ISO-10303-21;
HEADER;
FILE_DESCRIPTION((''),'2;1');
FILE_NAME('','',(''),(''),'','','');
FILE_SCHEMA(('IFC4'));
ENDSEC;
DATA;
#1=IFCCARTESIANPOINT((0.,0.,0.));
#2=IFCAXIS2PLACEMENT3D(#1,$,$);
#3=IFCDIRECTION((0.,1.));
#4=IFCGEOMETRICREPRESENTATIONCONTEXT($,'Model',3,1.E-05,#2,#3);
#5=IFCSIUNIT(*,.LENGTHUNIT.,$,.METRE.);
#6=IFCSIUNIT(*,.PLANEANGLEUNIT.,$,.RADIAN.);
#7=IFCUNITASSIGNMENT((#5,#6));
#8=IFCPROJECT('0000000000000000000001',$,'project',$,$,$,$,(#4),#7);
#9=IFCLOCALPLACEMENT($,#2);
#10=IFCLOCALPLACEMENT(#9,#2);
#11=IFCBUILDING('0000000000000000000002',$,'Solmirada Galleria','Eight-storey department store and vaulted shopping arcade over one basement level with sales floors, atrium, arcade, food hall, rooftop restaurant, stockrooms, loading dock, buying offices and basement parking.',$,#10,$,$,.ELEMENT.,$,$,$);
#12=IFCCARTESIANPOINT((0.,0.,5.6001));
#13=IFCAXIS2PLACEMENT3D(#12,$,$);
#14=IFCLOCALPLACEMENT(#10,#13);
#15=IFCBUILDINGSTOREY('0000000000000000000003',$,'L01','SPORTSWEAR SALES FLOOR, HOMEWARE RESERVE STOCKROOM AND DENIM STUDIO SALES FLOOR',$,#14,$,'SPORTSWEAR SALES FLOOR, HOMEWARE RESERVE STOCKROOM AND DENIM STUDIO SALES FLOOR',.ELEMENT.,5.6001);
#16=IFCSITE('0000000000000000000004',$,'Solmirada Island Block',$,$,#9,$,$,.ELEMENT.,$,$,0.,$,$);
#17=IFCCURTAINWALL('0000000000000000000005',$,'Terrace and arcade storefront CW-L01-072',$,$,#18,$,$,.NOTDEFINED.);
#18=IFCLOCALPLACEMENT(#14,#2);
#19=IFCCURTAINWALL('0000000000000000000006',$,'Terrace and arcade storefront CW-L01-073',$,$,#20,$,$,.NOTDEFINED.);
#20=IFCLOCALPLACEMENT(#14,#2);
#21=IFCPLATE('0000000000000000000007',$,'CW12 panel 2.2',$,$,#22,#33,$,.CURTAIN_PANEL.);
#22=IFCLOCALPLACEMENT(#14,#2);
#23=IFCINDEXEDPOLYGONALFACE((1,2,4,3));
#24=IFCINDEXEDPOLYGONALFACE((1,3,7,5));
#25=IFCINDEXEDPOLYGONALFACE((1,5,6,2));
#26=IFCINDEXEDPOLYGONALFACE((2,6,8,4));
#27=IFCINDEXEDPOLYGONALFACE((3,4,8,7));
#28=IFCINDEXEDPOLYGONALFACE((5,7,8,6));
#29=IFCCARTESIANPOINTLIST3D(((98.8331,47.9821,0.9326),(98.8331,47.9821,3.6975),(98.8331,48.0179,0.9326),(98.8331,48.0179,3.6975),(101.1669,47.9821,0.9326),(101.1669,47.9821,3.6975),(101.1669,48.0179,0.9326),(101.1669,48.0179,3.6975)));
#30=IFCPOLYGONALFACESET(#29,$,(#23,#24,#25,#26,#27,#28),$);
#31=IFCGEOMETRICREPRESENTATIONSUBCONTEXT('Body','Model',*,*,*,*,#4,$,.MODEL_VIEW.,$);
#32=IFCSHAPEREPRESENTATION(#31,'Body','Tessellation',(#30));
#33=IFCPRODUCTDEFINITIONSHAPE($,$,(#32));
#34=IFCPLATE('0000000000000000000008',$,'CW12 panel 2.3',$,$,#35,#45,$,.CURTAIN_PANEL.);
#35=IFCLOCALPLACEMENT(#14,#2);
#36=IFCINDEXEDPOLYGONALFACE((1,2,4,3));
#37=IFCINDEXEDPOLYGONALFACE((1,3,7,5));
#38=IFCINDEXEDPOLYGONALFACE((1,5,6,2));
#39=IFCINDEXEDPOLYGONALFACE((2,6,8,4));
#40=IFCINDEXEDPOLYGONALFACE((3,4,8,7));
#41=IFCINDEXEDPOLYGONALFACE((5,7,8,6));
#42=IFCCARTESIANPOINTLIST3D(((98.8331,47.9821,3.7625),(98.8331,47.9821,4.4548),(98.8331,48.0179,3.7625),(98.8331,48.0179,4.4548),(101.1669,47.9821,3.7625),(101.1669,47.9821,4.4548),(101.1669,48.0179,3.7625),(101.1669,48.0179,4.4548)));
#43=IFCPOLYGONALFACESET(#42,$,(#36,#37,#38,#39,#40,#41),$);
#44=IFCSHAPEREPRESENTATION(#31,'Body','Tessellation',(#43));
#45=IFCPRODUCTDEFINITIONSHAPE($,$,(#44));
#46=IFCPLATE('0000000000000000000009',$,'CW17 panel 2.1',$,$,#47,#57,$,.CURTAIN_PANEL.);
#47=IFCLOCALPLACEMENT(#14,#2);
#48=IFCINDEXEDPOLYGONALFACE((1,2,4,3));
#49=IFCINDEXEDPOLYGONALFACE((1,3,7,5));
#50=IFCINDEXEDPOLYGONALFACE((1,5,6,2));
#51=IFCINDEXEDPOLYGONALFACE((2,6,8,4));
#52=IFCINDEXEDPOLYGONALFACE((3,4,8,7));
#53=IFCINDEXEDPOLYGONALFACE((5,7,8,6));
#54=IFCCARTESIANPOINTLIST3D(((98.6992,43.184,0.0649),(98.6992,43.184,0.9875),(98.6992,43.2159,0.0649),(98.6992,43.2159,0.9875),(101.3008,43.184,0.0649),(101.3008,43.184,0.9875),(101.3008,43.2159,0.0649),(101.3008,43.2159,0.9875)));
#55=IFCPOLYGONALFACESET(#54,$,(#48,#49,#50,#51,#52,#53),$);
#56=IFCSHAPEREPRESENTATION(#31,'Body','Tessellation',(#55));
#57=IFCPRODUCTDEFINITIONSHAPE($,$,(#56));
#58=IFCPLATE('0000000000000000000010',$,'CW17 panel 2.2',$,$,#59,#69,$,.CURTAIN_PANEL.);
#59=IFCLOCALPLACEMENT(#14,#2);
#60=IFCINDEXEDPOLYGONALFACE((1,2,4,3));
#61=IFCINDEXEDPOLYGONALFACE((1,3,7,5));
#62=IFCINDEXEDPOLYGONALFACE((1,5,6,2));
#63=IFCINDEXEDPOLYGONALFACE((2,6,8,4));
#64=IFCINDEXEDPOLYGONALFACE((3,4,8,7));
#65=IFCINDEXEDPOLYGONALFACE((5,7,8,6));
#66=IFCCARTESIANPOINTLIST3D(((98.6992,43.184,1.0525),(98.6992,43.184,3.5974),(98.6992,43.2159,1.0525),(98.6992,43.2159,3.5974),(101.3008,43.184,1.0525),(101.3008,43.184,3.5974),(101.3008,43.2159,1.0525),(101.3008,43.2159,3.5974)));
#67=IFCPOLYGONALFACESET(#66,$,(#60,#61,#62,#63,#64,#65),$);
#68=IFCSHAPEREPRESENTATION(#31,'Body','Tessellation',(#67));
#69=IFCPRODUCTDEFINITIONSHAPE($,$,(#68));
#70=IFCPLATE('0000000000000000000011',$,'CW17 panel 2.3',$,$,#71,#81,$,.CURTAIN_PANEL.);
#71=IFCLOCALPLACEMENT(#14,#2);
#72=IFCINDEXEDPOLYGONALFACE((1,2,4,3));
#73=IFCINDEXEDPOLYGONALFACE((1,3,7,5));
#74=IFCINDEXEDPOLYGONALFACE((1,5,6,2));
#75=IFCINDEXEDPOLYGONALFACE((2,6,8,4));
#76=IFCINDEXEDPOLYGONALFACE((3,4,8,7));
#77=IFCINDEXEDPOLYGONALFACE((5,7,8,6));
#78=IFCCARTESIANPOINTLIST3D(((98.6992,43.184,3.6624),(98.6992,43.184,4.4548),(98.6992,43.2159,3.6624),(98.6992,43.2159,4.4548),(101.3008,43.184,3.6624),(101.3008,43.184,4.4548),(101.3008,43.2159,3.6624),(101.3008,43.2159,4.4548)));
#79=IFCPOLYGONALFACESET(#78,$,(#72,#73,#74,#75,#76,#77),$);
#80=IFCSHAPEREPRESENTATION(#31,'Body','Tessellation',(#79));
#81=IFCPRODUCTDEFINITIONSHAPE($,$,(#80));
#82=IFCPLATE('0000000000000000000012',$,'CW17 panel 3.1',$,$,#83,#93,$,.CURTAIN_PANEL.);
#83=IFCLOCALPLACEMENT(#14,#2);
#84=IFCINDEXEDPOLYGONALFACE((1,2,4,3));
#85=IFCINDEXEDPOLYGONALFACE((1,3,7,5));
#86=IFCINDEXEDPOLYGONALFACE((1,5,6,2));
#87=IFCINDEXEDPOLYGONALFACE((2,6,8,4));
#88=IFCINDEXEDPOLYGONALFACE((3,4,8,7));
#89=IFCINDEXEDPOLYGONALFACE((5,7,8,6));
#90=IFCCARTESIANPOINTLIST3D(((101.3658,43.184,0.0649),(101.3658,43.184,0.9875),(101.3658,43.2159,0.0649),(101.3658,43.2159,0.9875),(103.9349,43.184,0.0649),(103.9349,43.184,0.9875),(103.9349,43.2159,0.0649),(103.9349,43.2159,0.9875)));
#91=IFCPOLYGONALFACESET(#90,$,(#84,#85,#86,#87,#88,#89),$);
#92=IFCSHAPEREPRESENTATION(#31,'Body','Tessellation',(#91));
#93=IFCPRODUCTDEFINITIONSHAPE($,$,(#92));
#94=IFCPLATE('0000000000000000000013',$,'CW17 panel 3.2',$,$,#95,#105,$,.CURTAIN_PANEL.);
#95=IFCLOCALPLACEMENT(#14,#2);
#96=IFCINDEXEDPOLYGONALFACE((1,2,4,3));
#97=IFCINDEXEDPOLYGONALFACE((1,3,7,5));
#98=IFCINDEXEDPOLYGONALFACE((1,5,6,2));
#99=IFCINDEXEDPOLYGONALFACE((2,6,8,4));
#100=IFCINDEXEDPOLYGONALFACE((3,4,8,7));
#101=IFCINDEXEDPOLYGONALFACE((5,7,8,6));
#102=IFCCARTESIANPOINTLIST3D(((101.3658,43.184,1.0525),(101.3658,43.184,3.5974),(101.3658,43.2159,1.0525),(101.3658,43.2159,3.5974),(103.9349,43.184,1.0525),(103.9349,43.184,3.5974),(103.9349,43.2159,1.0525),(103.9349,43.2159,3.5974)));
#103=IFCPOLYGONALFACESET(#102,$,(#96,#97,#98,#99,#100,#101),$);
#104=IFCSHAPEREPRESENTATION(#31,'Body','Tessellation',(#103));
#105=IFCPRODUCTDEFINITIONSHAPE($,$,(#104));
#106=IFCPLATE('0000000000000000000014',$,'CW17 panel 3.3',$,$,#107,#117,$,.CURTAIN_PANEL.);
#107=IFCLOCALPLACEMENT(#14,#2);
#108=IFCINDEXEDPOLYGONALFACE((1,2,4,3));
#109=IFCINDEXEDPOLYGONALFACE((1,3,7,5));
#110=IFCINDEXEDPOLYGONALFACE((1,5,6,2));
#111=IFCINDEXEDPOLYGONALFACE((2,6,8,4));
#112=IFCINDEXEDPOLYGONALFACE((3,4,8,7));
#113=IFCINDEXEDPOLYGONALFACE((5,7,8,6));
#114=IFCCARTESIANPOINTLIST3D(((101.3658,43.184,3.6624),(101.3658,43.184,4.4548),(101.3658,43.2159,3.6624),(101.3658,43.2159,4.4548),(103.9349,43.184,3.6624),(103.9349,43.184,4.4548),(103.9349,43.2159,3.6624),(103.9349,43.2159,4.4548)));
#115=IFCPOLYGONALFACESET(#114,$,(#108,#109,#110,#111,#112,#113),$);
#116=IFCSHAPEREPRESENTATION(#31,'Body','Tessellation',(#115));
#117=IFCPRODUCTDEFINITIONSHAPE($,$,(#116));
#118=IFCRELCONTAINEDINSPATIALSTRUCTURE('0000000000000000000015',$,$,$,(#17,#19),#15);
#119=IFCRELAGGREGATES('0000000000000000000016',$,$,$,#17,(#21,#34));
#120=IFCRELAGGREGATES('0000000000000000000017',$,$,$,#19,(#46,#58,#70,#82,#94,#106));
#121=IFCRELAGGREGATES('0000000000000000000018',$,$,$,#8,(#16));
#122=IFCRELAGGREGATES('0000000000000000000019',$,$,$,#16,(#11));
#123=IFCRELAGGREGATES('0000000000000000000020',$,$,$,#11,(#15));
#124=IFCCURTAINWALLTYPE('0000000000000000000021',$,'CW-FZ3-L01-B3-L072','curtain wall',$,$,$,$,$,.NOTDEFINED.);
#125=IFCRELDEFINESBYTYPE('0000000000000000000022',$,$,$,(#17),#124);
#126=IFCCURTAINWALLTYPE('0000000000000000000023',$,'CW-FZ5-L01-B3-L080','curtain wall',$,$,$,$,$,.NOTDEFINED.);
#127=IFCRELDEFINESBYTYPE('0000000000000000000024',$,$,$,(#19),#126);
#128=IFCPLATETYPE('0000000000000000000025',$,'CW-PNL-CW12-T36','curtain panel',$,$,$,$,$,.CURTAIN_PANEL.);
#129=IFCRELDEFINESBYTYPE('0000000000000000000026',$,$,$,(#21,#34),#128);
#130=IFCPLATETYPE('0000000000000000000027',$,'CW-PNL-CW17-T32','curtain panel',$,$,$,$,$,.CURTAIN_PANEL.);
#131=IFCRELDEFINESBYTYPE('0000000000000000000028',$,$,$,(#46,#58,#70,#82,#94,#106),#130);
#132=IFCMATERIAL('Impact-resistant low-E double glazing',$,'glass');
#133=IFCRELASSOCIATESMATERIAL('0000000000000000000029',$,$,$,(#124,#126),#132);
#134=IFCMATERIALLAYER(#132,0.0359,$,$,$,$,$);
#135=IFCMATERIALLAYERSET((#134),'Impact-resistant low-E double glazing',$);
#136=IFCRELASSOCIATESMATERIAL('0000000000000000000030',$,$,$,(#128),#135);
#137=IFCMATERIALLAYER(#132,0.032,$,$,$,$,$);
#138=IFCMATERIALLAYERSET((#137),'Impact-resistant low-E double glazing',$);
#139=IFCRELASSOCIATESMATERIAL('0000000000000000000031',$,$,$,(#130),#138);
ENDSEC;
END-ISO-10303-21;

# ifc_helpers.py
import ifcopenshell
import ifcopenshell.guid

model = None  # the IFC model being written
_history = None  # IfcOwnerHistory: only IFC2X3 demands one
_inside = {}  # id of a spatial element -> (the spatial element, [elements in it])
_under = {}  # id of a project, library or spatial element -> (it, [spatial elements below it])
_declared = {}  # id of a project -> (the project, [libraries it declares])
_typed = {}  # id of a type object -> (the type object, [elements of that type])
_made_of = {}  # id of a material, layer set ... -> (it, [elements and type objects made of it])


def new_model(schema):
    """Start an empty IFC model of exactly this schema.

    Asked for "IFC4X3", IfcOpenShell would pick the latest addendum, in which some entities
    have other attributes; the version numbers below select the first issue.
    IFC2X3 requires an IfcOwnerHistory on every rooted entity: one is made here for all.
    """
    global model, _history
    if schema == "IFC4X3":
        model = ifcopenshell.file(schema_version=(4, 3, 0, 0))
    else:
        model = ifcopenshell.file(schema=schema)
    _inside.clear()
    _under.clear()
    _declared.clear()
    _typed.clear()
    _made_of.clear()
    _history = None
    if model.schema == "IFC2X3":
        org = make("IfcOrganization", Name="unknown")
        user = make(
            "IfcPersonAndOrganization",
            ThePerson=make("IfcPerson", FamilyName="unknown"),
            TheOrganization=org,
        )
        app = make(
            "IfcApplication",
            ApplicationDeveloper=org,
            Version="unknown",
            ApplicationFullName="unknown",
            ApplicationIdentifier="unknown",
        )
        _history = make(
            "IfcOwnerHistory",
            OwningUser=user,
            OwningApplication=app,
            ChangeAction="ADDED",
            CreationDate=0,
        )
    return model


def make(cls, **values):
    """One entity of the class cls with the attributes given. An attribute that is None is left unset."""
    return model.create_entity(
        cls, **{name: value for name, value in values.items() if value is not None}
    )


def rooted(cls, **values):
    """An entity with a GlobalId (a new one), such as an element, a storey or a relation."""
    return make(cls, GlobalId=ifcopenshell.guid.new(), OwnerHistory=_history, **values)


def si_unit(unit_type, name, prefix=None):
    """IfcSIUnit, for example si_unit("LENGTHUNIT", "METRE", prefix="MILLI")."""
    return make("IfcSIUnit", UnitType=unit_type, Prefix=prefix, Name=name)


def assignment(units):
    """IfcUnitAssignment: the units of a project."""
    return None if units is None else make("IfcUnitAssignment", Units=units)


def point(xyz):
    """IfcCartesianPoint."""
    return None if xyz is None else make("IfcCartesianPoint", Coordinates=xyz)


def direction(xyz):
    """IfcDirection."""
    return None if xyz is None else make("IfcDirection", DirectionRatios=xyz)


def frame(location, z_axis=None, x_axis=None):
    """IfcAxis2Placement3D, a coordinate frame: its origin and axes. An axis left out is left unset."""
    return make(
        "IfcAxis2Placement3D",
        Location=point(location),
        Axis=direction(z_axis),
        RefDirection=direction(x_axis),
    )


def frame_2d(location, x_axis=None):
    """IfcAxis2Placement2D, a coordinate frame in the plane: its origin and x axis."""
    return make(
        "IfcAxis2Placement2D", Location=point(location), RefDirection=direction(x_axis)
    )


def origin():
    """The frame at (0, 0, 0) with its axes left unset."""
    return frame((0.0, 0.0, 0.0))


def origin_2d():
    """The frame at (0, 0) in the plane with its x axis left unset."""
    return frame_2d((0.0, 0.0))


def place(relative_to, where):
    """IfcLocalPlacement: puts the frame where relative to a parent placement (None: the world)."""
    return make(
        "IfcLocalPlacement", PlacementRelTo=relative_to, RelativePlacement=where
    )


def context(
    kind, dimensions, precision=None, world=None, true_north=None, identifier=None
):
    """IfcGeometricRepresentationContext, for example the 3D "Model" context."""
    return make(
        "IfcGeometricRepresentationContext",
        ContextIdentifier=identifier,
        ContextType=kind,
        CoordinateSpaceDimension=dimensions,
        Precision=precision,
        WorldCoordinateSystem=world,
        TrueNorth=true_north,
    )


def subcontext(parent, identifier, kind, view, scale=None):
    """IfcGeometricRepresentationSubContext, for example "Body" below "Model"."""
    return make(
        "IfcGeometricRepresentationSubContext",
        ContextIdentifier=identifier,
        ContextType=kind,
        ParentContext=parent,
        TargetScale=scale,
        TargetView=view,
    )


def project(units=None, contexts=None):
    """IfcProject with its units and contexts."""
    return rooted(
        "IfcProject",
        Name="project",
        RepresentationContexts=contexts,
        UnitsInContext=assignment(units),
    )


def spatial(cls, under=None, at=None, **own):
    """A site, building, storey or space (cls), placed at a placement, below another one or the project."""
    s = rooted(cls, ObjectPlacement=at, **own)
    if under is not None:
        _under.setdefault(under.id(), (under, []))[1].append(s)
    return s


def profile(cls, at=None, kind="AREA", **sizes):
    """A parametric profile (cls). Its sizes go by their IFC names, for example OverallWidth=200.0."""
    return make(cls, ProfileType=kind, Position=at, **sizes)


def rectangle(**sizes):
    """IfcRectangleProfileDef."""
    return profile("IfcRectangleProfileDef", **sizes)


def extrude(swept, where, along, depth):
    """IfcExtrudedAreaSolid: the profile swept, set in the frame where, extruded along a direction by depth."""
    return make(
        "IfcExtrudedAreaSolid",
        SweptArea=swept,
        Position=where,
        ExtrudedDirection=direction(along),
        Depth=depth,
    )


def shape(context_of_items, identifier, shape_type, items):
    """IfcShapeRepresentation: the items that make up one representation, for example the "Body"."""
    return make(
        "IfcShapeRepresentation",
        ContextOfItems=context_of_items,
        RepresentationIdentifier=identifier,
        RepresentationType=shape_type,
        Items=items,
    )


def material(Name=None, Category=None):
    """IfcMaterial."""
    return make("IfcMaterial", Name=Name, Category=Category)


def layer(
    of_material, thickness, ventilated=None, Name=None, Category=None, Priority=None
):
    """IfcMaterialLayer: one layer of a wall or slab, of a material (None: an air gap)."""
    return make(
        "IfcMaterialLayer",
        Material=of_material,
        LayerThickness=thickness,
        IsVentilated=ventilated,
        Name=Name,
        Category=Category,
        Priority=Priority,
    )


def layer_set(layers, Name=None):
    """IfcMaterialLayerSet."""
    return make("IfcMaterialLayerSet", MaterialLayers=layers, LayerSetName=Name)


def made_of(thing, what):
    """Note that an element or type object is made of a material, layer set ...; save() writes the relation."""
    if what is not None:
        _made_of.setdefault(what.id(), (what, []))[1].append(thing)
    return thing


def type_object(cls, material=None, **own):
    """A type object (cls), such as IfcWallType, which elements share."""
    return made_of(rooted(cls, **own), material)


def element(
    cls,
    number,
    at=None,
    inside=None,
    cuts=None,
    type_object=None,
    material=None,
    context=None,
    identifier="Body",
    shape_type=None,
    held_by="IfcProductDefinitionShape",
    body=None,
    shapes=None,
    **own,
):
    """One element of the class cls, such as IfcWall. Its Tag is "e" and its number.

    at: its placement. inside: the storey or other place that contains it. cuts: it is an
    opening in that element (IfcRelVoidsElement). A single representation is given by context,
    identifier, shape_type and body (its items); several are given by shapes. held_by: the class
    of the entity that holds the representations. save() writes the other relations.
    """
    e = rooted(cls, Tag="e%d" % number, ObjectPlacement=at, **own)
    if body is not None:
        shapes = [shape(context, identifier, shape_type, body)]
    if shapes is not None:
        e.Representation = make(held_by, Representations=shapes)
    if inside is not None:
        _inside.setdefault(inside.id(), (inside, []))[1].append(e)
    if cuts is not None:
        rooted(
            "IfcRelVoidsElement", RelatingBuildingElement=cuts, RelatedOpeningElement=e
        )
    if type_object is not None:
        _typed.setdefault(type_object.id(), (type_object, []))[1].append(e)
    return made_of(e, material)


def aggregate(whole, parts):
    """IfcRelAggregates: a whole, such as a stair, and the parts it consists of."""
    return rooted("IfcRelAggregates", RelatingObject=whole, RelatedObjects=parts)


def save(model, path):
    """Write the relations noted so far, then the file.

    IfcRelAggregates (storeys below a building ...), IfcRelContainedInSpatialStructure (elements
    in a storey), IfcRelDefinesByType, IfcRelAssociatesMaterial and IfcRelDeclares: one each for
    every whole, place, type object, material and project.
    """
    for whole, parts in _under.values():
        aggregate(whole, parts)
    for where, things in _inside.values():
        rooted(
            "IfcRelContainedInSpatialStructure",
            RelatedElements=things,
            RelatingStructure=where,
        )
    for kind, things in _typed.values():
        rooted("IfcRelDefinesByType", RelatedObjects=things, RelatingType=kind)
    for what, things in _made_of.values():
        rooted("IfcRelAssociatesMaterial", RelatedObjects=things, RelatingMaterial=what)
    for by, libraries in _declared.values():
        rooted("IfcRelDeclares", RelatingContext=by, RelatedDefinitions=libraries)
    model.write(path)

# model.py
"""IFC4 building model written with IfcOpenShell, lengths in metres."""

from ifc_helpers import new_model, si_unit, direction, frame, origin, origin_2d, place, context, subcontext, project, spatial, rectangle, extrude, material, layer, layer_set, type_object, element, aggregate, save


model = new_model("IFC4")

# Units and contexts
model_context = context("Model", 3, precision=1e-05, world=origin(), true_north=direction((0.0, 1.0)))
body_context = subcontext(model_context, "Body", "Model", "MODEL_VIEW")
ifc_project = project(units=[si_unit("LENGTHUNIT", "METRE"), si_unit("PLANEANGLEUNIT", "RADIAN")], contexts=[model_context])

# Site, building, storey
site_placement = place(None, origin())
site = spatial("IfcSite", under=ifc_project, at=site_placement, Name="Solmirada Island Block", CompositionType="ELEMENT", RefElevation=0.0)
building_placement = place(site_placement, origin())
building = spatial("IfcBuilding", under=site, at=building_placement, Name="Solmirada Galleria", Description="Eight-storey department store and vaulted shopping arcade over one basement level with sales floors, atrium, arcade, food hall, rooftop restaurant, stockrooms, loading dock, buying offices and basement parking.", CompositionType="ELEMENT")
storey_placement = place(building_placement, frame((0.0, 0.0, 5.6001)))
storey = spatial("IfcBuildingStorey", under=building, at=storey_placement, Name="L01", Description="SPORTSWEAR SALES FLOOR, HOMEWARE RESERVE STOCKROOM AND DENIM STUDIO SALES FLOOR", LongName="SPORTSWEAR SALES FLOOR, HOMEWARE RESERVE STOCKROOM AND DENIM STUDIO SALES FLOOR", CompositionType="ELEMENT", Elevation=5.6001)

# Curtain walls
ifc_material_1 = material(Name="Impact-resistant low-E double glazing", Category="glass")
curtain_wall_type_1 = type_object("IfcCurtainWallType", Name="CW-FZ3-L01-B3-L072", Description="curtain wall", PredefinedType="NOTDEFINED", material=ifc_material_1)
curtain_wall_1_placement = place(storey_placement, origin())
curtain_wall_1 = element("IfcCurtainWall", 1, at=curtain_wall_1_placement, inside=storey, type_object=curtain_wall_type_1, Name="Terrace and arcade storefront CW-L01-072", PredefinedType="NOTDEFINED")
curtain_wall_type_2 = type_object("IfcCurtainWallType", Name="CW-FZ5-L01-B3-L080", Description="curtain wall", PredefinedType="NOTDEFINED", material=ifc_material_1)
curtain_wall_2_placement = place(storey_placement, origin())
curtain_wall_2 = element("IfcCurtainWall", 2, at=curtain_wall_2_placement, inside=storey, type_object=curtain_wall_type_2, Name="Terrace and arcade storefront CW-L01-073", PredefinedType="NOTDEFINED")

# Plates
ifc_layer_1 = layer(ifc_material_1, 0.0359)
ifc_layer_set_1 = layer_set([ifc_layer_1], Name="Impact-resistant low-E double glazing")
plate_type_1 = type_object("IfcPlateType", Name="CW-PNL-CW12-T36", Description="curtain panel", PredefinedType="CURTAIN_PANEL", material=ifc_layer_set_1)
plate_1_placement = place(storey_placement, frame((100.0, 48.0, 0.9326), z_axis=(0.0, 0.0, 1.0), x_axis=(-1.0, 0.0, 0.0)))
plate_1 = element("IfcPlate", 3, at=plate_1_placement, type_object=plate_type_1, Name="CW12 panel 2.2", PredefinedType="CURTAIN_PANEL", context=body_context, shape_type="SweptSolid", body=[
    extrude(rectangle(XDim=2.3337, YDim=0.0359, at=origin_2d()), origin(), (0.0, 0.0, 1.0), 2.7649),
])
plate_2_placement = place(storey_placement, frame((100.0, 48.0, 3.7625), z_axis=(0.0, 0.0, 1.0), x_axis=(-1.0, 0.0, 0.0)))
plate_2 = element("IfcPlate", 4, at=plate_2_placement, type_object=plate_type_1, Name="CW12 panel 2.3", PredefinedType="CURTAIN_PANEL", context=body_context, shape_type="SweptSolid", body=[
    extrude(rectangle(XDim=2.3337, YDim=0.0359, at=origin_2d()), origin(), (0.0, 0.0, 1.0), 0.6924),
])
aggregate(curtain_wall_1, [plate_1, plate_2])
ifc_layer_2 = layer(ifc_material_1, 0.032)
ifc_layer_set_2 = layer_set([ifc_layer_2], Name="Impact-resistant low-E double glazing")
plate_type_2 = type_object("IfcPlateType", Name="CW-PNL-CW17-T32", Description="curtain panel", PredefinedType="CURTAIN_PANEL", material=ifc_layer_set_2)
plate_3_placement = place(storey_placement, frame((100.0, 43.2, 0.0649), z_axis=(0.0, 0.0, 1.0), x_axis=(1.0, 0.0, 0.0)))
plate_3 = element("IfcPlate", 5, at=plate_3_placement, type_object=plate_type_2, Name="CW17 panel 2.1", PredefinedType="CURTAIN_PANEL", context=body_context, shape_type="SweptSolid", body=[
    extrude(rectangle(XDim=2.6016, YDim=0.032, at=origin_2d()), origin(), (0.0, 0.0, 1.0), 0.9226),
])
plate_4_placement = place(storey_placement, frame((100.0, 43.2, 1.0525), z_axis=(0.0, 0.0, 1.0), x_axis=(1.0, 0.0, 0.0)))
plate_4 = element("IfcPlate", 6, at=plate_4_placement, type_object=plate_type_2, Name="CW17 panel 2.2", PredefinedType="CURTAIN_PANEL", context=body_context, shape_type="SweptSolid", body=[
    extrude(rectangle(XDim=2.6016, YDim=0.032, at=origin_2d()), origin(), (0.0, 0.0, 1.0), 2.5449),
])
plate_5_placement = place(storey_placement, frame((100.0, 43.2, 3.6624), z_axis=(0.0, 0.0, 1.0), x_axis=(1.0, 0.0, 0.0)))
plate_5 = element("IfcPlate", 7, at=plate_5_placement, type_object=plate_type_2, Name="CW17 panel 2.3", PredefinedType="CURTAIN_PANEL", context=body_context, shape_type="SweptSolid", body=[
    extrude(rectangle(XDim=2.6016, YDim=0.032, at=origin_2d()), origin(), (0.0, 0.0, 1.0), 0.7925),
])
plate_6_placement = place(storey_placement, frame((102.6504, 43.2, 0.0649), z_axis=(0.0, 0.0, 1.0), x_axis=(1.0, 0.0, 0.0)))
plate_6 = element("IfcPlate", 8, at=plate_6_placement, type_object=plate_type_2, Name="CW17 panel 3.1", PredefinedType="CURTAIN_PANEL", context=body_context, shape_type="SweptSolid", body=[
    extrude(rectangle(XDim=2.5691, YDim=0.032, at=origin_2d()), origin(), (0.0, 0.0, 1.0), 0.9226),
])
plate_7_placement = place(storey_placement, frame((102.6504, 43.2, 1.0525), z_axis=(0.0, 0.0, 1.0), x_axis=(1.0, 0.0, 0.0)))
plate_7 = element("IfcPlate", 9, at=plate_7_placement, type_object=plate_type_2, Name="CW17 panel 3.2", PredefinedType="CURTAIN_PANEL", context=body_context, shape_type="SweptSolid", body=[
    extrude(rectangle(XDim=2.5691, YDim=0.032, at=origin_2d()), origin(), (0.0, 0.0, 1.0), 2.5449),
])
plate_8_placement = place(storey_placement, frame((102.6504, 43.2, 3.6624), z_axis=(0.0, 0.0, 1.0), x_axis=(1.0, 0.0, 0.0)))
plate_8 = element("IfcPlate", 10, at=plate_8_placement, type_object=plate_type_2, Name="CW17 panel 3.3", PredefinedType="CURTAIN_PANEL", context=body_context, shape_type="SweptSolid", body=[
    extrude(rectangle(XDim=2.5691, YDim=0.032, at=origin_2d()), origin(), (0.0, 0.0, 1.0), 0.7925),
])
aggregate(curtain_wall_2, [plate_3, plate_4, plate_5, plate_6, plate_7, plate_8])

save(model, "model.ifc")
